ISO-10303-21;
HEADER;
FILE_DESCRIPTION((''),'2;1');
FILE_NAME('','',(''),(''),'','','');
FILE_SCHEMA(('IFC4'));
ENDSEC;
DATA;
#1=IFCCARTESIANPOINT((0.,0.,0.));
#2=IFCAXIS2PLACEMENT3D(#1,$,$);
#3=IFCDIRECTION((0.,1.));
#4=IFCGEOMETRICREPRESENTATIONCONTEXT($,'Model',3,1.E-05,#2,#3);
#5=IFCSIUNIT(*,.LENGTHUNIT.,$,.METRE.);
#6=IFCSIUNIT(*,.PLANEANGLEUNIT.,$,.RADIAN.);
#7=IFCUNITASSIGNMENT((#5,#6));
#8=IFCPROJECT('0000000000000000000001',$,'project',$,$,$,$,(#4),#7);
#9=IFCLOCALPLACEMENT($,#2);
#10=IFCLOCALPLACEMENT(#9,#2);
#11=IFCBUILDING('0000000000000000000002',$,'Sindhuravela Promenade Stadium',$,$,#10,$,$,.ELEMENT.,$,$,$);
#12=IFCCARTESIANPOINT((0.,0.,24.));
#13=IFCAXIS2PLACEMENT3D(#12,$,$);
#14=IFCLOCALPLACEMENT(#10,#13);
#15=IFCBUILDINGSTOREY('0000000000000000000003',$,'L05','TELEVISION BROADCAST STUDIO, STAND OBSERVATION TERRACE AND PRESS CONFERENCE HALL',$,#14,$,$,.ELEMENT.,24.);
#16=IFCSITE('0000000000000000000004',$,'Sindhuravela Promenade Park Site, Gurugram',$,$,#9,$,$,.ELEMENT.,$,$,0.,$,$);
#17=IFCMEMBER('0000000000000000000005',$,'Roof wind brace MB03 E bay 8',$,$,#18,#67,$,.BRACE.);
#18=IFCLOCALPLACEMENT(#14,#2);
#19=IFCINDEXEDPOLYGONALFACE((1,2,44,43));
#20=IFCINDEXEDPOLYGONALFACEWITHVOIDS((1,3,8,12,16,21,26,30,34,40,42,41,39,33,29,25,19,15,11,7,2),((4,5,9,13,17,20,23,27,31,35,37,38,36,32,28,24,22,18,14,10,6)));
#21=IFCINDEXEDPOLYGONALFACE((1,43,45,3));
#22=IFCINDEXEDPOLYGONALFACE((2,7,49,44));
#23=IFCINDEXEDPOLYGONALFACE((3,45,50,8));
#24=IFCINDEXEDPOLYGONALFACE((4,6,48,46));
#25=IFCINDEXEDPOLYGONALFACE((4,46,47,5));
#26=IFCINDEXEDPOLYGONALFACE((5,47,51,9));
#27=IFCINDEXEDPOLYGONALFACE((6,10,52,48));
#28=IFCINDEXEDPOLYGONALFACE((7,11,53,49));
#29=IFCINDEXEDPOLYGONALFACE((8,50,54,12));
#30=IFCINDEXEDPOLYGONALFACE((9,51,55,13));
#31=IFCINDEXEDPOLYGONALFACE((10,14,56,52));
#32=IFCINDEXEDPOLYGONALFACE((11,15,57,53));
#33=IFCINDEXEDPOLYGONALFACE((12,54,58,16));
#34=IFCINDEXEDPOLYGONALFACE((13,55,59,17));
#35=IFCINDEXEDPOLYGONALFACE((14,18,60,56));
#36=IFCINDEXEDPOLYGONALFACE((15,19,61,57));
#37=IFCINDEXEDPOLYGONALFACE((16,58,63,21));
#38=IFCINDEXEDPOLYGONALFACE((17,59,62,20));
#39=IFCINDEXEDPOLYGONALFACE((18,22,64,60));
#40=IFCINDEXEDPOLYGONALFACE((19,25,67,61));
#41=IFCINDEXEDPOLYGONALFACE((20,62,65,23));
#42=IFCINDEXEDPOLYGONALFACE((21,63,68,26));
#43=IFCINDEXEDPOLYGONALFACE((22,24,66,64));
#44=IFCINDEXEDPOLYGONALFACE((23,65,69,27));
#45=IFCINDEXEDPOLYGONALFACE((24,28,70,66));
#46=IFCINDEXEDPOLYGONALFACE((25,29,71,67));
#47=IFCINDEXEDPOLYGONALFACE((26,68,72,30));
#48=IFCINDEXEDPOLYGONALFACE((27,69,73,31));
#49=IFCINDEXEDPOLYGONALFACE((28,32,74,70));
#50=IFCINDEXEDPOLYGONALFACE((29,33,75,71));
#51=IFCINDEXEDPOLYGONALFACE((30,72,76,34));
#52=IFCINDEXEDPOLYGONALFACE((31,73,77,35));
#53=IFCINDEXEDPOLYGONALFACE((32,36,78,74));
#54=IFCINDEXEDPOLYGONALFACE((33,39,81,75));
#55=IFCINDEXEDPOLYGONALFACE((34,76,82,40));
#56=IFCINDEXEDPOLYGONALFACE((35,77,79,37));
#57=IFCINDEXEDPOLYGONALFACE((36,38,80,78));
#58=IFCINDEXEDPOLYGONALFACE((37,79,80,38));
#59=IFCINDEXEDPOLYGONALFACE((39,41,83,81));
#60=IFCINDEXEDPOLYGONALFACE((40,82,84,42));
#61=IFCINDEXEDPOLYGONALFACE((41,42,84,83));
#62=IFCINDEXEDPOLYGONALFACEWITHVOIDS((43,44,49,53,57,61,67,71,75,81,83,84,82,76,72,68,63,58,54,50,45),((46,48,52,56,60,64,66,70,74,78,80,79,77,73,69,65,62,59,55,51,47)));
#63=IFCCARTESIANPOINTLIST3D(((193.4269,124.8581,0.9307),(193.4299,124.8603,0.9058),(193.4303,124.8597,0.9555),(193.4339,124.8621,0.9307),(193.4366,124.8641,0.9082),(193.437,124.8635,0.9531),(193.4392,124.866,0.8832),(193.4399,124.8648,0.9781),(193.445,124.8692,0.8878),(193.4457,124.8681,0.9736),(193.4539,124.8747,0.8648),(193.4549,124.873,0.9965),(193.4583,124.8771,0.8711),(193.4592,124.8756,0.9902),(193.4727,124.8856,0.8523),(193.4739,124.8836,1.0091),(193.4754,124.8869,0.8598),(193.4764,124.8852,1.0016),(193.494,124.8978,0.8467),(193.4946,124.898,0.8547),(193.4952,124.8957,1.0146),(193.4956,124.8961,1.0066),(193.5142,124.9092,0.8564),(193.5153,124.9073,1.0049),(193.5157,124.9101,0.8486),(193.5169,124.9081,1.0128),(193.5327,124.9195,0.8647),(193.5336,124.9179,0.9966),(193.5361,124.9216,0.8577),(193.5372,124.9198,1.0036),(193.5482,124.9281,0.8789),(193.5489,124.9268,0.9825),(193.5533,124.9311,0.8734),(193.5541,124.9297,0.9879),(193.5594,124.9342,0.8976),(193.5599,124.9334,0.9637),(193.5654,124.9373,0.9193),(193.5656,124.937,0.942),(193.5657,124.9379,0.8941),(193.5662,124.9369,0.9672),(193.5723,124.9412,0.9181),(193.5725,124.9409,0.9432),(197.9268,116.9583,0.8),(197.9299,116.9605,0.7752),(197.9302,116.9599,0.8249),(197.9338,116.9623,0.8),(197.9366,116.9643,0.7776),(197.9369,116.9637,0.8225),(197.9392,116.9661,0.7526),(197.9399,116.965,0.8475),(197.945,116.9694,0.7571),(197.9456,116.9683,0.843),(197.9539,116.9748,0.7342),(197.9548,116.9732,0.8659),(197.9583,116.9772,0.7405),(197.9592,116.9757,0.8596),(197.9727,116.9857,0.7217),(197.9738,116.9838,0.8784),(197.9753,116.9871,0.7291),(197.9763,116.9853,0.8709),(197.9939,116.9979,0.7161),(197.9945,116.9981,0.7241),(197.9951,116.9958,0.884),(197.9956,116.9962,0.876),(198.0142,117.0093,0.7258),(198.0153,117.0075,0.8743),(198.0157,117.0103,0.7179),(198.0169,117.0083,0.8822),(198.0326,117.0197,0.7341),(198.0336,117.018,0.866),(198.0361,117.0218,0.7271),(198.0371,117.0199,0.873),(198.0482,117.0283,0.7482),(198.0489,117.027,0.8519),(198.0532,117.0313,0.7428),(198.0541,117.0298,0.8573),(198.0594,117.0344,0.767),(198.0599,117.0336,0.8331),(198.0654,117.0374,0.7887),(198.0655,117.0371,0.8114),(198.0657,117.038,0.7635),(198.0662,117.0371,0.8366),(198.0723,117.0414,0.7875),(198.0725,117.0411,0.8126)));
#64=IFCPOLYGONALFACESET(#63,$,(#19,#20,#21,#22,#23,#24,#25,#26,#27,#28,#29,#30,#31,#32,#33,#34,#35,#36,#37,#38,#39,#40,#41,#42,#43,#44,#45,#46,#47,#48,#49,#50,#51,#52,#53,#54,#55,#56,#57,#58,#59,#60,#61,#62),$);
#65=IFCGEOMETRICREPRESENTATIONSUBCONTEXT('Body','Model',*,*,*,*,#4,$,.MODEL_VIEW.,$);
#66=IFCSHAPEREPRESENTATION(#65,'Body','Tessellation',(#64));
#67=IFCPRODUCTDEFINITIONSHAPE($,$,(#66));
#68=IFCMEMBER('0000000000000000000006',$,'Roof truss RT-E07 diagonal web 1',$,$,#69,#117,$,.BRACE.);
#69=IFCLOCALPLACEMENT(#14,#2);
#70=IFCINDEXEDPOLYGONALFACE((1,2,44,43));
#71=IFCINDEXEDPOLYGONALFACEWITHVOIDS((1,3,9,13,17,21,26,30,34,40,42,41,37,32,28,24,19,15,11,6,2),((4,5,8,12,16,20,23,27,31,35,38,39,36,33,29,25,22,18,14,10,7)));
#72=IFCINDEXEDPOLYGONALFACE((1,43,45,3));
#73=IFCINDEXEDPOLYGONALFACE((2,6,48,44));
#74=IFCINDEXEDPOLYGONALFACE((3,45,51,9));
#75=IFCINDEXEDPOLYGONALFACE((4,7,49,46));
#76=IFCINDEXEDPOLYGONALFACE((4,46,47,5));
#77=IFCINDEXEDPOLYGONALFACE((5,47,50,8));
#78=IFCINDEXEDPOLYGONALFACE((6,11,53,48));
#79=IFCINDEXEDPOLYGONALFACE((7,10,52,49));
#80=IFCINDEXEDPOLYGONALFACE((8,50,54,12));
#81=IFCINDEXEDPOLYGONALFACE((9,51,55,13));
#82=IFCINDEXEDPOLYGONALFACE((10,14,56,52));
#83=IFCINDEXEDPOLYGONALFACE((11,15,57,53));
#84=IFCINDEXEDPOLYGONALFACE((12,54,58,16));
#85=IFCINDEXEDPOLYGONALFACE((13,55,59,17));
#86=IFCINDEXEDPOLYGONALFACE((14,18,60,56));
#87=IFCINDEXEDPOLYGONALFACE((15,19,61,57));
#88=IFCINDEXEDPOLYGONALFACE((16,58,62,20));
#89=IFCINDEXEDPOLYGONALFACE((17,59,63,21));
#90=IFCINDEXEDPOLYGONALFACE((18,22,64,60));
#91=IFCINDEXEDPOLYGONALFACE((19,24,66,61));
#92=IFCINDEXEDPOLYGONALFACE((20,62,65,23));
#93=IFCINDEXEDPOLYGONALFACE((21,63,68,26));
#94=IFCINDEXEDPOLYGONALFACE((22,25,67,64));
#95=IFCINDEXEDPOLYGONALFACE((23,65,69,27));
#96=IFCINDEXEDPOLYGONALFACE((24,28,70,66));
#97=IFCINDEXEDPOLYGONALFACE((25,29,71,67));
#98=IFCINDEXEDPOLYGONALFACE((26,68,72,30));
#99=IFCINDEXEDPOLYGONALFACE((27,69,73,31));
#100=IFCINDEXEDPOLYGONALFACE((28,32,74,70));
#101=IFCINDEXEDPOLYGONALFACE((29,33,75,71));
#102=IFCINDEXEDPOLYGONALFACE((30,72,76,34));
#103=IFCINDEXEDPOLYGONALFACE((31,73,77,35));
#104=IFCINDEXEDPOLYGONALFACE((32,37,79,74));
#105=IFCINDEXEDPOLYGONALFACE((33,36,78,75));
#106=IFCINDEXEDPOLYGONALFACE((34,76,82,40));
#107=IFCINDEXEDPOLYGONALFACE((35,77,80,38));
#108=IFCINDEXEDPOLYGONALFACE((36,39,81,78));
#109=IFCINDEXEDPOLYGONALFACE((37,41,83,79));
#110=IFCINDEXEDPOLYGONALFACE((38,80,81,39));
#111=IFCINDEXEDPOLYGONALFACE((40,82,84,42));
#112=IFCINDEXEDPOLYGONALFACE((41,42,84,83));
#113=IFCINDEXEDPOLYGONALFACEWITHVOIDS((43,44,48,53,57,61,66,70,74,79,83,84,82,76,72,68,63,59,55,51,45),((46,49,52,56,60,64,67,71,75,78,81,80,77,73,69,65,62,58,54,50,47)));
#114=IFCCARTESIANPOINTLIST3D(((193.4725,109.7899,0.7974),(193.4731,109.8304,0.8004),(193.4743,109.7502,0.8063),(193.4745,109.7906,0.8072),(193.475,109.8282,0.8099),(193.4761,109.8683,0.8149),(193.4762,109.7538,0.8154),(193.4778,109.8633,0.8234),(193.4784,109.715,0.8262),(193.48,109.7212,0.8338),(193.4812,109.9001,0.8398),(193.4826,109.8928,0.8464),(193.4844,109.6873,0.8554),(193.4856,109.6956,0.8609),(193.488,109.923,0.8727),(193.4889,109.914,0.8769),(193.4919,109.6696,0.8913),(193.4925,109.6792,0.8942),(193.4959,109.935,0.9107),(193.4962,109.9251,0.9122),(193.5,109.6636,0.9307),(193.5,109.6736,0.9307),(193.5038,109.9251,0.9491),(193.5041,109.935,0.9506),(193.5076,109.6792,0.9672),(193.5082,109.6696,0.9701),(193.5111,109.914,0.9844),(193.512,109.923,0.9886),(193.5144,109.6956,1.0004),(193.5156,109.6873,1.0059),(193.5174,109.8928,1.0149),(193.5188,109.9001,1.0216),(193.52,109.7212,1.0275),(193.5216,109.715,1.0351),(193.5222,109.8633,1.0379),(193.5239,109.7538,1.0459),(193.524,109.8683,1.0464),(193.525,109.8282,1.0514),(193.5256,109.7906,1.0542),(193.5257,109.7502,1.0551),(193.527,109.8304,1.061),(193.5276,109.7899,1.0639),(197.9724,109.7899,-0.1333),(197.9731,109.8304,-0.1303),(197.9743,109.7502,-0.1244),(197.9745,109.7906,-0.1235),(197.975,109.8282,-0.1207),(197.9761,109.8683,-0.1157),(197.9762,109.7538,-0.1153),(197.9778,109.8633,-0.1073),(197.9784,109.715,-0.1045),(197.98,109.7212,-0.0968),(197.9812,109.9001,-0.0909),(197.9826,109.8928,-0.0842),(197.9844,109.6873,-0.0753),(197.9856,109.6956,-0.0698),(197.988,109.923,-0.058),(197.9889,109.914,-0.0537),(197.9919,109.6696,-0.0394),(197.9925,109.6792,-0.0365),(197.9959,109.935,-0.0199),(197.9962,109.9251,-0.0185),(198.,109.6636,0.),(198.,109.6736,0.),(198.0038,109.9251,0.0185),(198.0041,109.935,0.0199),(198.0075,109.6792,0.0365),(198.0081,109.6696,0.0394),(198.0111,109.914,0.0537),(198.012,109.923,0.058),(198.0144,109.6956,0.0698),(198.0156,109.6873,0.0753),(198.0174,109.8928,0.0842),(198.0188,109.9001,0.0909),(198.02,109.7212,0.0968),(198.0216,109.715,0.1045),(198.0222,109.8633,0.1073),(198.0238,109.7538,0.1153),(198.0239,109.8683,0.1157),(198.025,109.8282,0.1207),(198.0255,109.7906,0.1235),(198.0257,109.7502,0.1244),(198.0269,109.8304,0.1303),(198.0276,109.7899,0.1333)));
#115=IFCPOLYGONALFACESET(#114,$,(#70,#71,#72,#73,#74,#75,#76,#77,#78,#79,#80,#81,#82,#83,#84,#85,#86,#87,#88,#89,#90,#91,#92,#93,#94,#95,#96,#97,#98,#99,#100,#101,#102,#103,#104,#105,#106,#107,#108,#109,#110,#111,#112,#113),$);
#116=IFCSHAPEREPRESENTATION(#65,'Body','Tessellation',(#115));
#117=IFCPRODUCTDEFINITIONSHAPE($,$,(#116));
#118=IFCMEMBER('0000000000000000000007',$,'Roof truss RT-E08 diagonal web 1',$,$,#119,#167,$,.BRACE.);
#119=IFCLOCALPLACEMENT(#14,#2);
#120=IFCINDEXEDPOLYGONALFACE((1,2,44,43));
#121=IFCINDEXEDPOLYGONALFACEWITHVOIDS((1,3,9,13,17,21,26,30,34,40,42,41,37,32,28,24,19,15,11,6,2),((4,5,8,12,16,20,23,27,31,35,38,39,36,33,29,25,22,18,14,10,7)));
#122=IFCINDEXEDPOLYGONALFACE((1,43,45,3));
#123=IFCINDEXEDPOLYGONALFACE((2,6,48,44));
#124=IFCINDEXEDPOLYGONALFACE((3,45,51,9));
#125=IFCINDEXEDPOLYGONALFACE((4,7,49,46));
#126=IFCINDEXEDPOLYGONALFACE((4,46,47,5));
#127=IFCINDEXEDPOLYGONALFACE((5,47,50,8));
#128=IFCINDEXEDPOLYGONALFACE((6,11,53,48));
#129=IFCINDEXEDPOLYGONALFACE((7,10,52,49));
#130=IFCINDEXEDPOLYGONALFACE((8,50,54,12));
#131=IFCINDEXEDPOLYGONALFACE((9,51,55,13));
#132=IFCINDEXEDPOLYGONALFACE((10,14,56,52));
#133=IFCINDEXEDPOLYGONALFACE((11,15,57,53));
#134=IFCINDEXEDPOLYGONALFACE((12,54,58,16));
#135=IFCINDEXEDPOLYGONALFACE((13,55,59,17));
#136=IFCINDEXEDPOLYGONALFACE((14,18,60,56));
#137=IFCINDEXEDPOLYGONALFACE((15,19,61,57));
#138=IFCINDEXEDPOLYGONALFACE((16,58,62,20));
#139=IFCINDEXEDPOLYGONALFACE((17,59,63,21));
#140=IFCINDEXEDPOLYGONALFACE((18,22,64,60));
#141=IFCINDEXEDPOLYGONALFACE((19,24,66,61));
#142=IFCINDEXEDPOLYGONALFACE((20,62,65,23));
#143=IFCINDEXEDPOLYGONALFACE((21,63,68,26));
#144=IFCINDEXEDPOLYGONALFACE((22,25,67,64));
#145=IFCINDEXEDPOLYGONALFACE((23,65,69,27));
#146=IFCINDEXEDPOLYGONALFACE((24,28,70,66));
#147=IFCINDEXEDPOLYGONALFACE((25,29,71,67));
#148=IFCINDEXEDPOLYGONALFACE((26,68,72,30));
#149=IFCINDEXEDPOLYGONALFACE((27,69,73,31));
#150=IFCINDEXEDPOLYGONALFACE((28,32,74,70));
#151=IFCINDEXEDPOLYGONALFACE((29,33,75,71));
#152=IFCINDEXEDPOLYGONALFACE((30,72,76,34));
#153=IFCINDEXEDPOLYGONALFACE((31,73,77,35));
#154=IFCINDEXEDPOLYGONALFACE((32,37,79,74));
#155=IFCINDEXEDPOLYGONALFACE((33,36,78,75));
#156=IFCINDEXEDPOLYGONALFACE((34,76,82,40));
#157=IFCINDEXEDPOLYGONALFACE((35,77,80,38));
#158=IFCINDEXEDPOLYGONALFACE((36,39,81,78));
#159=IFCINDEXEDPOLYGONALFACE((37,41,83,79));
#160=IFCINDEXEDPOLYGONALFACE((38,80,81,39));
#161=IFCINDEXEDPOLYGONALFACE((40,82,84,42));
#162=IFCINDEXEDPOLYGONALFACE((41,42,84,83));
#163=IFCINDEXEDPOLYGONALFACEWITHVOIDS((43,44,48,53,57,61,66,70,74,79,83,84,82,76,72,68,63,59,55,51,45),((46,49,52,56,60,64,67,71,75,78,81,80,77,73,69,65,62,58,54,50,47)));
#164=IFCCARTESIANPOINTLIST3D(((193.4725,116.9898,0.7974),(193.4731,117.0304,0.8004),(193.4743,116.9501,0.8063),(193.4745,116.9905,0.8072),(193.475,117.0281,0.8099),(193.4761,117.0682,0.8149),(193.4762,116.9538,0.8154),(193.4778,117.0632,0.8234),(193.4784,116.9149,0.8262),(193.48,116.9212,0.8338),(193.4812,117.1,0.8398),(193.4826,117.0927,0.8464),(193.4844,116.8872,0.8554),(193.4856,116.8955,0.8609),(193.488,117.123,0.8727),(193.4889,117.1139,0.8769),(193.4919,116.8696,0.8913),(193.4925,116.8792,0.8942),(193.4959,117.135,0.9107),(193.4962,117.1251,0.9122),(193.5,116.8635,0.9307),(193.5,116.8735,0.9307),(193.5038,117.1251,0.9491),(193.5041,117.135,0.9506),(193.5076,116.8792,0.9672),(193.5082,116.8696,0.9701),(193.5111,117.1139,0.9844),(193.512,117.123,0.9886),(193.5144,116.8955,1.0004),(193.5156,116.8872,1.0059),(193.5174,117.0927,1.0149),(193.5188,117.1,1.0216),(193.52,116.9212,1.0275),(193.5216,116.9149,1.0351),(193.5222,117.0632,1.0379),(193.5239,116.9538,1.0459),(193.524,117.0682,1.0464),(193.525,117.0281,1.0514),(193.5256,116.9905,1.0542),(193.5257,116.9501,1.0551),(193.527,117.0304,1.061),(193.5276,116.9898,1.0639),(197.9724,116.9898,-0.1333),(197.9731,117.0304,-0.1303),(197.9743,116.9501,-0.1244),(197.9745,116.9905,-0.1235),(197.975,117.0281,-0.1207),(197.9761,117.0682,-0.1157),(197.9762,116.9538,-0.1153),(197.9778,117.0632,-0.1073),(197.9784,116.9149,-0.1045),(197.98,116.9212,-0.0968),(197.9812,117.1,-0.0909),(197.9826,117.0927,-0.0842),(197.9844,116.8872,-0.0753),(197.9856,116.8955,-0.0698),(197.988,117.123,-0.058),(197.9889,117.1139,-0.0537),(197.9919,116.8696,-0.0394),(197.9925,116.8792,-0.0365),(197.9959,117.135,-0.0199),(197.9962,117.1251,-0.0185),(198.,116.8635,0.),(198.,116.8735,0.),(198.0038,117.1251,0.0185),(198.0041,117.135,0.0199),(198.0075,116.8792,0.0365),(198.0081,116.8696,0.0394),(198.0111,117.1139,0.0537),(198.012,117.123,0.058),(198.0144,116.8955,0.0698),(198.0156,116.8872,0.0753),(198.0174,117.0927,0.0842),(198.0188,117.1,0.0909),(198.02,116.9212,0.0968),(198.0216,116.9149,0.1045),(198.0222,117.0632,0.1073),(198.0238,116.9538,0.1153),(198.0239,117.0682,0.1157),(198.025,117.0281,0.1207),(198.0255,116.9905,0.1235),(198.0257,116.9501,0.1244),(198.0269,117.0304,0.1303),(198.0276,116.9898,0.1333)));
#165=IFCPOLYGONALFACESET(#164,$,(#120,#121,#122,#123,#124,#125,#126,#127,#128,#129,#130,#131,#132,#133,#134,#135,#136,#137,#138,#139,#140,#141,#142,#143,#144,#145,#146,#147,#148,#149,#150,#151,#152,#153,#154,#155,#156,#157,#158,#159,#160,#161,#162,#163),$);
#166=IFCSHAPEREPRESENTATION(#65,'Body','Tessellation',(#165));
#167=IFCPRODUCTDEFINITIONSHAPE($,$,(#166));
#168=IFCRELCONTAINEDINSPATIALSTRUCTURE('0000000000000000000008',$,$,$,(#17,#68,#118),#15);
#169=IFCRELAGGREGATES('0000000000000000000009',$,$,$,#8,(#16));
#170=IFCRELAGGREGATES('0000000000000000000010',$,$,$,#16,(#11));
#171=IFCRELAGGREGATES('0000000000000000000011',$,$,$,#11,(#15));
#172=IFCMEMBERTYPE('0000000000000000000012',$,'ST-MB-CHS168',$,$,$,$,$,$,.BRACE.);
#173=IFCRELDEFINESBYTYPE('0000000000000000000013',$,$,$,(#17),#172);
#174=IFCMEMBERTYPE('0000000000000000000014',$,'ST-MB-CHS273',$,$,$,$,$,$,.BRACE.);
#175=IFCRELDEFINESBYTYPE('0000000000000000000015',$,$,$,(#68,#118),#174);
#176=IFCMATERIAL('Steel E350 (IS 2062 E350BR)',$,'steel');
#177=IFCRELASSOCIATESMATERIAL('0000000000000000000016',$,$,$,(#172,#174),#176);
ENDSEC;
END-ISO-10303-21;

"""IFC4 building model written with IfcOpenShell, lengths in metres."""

from ifc_helpers import new_model, si_unit, direction, frame, origin, origin_2d, place, context, subcontext, project, spatial, hollow_circle, extrude, material, material_profile, profile_set, type_object, element, save


model = new_model("IFC4")

# Units and contexts
model_context = context("Model", 3, precision=1e-05, world=origin(), true_north=direction((0.0, 1.0)))
body_context = subcontext(model_context, "Body", "Model", "MODEL_VIEW")
ifc_project = project(units=[si_unit("LENGTHUNIT", "METRE"), si_unit("PLANEANGLEUNIT", "RADIAN")], contexts=[model_context])

# Site, building, storey
site_placement = place(None, origin())
site = spatial("IfcSite", under=ifc_project, at=site_placement, Name="Sindhuravela Promenade Park Site, Gurugram", CompositionType="ELEMENT", RefElevation=0.0)
building_placement = place(site_placement, origin())
building = spatial("IfcBuilding", under=site, at=building_placement, Name="Sindhuravela Promenade Stadium", CompositionType="ELEMENT")
storey_placement = place(building_placement, frame((0.0, 0.0, 24.0)))
storey = spatial("IfcBuildingStorey", under=building, at=storey_placement, Name="L05", Description="TELEVISION BROADCAST STUDIO, STAND OBSERVATION TERRACE AND PRESS CONFERENCE HALL", CompositionType="ELEMENT", Elevation=24.0)

# Shared definitions
ifc_material_1 = material(Name="Steel E350 (IS 2062 E350BR)", Category="steel")

# Members
ifc_material_profile_1 = material_profile(ifc_material_1, hollow_circle(Radius=0.0842, WallThickness=0.0081, at=origin_2d()), Name="CHS 168.3x8")
ifc_profile_set_1 = profile_set([ifc_material_profile_1], Name="Steel E350 (IS 2062 E350BR)")
member_type_1 = type_object("IfcMemberType", Name="ST-MB-CHS168", PredefinedType="BRACE", material=ifc_profile_set_1)
member_1_placement = place(storey_placement, frame((198.0, 117.0, 0.8), z_axis=(-0.494908, 0.868827, 0.014365), x_axis=(-0.868917, -0.494959, 0.0)))
element("IfcMember", 1, at=member_1_placement, inside=storey, type_object=member_type_1, Name="Roof wind brace MB03 E bay 8", PredefinedType="BRACE", context=body_context, shape_type="SweptSolid", body=[
    extrude(hollow_circle(Radius=0.0842, WallThickness=0.0081, at=origin_2d()), origin(), (0.0, 0.0, 1.0), 9.0925),
])
ifc_material_profile_2 = material_profile(ifc_material_1, hollow_circle(Radius=0.1365, WallThickness=0.01, at=origin_2d()), Name="CHS 273.0x10")
ifc_profile_set_2 = profile_set([ifc_material_profile_2], Name="Steel E350 (IS 2062 E350BR)")
member_type_2 = type_object("IfcMemberType", Name="ST-MB-CHS273", PredefinedType="BRACE", material=ifc_profile_set_2)
for number, where, z_axis, x_axis, name in (
    (2, (198.0, 109.8, 0.0), (-0.979276, 0.0, 0.202528), (0.0, -1.0, 0.0), "Roof truss RT-E07 diagonal web 1"),
    (3, (198.0, 117.0, 0.0), (-0.979276, 0.0, 0.202528), (0.0, -1.0, 0.0), "Roof truss RT-E08 diagonal web 1"),
):
    element("IfcMember", number, at=place(storey_placement, frame(where, z_axis=z_axis, x_axis=x_axis)), inside=storey, type_object=member_type_2, Name=name, PredefinedType="BRACE", context=body_context, shape_type="SweptSolid", body=[
        extrude(hollow_circle(Radius=0.1365, WallThickness=0.01, at=origin_2d()), origin(), (0.0, 0.0, 1.0), 4.5952),
    ])

save(model, "model.ifc")
